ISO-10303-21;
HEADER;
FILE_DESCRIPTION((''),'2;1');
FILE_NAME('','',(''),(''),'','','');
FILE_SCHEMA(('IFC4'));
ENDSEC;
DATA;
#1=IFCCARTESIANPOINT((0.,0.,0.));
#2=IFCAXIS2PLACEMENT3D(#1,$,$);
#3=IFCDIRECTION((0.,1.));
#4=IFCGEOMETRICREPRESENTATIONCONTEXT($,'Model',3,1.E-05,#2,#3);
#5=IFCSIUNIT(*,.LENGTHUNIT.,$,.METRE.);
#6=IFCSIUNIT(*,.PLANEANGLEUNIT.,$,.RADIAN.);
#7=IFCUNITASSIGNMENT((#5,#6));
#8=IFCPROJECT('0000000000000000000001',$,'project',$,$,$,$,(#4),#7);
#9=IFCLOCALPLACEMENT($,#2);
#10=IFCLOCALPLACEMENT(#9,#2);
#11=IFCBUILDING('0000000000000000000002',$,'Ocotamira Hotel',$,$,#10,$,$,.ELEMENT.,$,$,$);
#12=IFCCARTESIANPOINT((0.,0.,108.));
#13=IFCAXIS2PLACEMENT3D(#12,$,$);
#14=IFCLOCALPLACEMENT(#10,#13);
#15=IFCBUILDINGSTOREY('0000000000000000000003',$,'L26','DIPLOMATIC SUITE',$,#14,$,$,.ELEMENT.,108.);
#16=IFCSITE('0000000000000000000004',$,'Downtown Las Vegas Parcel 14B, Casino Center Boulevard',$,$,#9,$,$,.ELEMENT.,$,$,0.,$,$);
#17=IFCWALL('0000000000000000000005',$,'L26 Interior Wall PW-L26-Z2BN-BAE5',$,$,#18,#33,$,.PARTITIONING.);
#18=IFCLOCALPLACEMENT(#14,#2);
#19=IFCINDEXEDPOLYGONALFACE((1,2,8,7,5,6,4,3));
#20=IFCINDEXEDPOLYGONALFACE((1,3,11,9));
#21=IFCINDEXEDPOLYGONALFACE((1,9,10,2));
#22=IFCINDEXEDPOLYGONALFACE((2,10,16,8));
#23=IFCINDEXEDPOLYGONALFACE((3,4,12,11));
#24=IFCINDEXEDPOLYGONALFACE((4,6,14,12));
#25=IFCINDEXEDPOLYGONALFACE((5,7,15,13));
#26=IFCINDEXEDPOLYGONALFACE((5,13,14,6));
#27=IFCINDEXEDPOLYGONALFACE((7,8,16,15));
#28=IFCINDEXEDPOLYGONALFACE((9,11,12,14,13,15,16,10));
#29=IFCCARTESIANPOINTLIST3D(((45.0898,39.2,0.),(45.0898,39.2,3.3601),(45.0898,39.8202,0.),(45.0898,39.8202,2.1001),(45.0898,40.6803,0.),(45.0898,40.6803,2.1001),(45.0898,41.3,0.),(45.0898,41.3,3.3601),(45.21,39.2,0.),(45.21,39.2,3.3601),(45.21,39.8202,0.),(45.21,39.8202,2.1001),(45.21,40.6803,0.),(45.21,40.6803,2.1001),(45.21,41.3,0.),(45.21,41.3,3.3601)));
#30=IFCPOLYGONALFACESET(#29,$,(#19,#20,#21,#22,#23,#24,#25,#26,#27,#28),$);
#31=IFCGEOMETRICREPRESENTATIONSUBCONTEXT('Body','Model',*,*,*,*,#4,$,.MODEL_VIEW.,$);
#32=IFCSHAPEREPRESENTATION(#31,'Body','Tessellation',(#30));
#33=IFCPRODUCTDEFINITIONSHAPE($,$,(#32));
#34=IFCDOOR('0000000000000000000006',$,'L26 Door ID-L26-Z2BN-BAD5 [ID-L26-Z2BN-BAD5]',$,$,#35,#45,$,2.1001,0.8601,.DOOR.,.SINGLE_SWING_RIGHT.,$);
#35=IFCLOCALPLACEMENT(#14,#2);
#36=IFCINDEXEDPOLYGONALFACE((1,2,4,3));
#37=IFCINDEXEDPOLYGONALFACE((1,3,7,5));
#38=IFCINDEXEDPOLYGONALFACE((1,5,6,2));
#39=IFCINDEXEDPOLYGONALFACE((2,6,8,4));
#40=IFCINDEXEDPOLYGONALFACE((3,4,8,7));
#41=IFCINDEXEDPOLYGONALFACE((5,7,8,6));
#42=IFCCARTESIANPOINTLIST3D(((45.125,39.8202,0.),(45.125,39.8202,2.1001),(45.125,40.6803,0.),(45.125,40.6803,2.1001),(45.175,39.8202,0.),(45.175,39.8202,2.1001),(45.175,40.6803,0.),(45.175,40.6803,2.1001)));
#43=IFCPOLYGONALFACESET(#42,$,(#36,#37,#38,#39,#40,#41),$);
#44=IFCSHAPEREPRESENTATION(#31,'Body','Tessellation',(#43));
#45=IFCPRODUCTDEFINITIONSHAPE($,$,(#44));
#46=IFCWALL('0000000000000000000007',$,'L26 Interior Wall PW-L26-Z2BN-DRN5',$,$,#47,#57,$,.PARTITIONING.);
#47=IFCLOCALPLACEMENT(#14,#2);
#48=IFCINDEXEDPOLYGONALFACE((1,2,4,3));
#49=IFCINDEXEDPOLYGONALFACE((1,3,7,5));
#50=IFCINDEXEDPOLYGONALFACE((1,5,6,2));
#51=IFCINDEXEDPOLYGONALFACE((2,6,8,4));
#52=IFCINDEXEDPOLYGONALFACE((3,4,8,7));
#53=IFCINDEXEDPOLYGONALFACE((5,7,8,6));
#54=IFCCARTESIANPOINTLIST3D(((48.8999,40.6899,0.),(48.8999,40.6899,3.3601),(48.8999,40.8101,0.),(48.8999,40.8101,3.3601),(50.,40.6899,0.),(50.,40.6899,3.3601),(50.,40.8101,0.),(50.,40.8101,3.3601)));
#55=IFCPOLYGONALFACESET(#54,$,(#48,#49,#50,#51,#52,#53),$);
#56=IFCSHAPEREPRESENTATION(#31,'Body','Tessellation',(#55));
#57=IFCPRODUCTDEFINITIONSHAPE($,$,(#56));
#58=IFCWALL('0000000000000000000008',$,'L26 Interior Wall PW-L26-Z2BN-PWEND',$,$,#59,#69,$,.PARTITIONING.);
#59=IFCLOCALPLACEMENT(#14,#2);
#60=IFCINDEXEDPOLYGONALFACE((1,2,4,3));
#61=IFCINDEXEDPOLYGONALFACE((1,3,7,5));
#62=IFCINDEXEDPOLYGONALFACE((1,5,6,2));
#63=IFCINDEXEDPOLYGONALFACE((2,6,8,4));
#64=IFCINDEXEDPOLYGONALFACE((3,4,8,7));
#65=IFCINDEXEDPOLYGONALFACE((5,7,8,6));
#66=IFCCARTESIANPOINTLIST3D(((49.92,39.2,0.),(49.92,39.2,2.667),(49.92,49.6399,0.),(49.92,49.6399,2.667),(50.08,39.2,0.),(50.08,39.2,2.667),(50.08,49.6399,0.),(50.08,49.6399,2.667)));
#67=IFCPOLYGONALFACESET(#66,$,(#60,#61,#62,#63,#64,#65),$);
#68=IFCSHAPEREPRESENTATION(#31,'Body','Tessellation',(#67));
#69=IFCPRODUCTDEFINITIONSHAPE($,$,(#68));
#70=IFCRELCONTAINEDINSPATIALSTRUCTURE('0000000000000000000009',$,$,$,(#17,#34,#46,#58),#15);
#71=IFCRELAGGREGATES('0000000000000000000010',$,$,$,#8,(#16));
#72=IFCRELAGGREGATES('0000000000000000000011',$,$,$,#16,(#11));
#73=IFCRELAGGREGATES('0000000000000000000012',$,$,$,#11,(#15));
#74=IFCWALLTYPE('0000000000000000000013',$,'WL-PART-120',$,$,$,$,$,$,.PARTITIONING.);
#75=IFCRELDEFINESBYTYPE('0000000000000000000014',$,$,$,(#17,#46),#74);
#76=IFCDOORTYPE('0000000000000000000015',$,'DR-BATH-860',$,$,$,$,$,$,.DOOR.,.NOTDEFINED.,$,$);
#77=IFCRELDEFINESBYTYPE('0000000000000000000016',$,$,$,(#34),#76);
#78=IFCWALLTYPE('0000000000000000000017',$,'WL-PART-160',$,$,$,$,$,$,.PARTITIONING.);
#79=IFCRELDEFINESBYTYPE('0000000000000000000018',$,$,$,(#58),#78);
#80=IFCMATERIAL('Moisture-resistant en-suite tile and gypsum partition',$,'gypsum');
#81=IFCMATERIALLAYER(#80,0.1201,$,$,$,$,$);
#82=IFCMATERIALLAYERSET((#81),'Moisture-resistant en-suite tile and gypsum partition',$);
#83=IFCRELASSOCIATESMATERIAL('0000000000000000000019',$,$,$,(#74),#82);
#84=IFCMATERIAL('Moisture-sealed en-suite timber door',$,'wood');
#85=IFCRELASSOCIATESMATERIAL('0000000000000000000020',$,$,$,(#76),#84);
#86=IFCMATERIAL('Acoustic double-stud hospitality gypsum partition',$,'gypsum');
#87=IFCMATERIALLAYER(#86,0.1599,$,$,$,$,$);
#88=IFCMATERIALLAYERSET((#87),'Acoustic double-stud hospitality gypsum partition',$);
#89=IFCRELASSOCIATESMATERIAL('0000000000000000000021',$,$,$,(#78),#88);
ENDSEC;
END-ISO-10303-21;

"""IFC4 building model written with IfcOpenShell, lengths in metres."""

from ifc_helpers import new_model, si_unit, direction, frame, frame_2d, origin, place, context, subcontext, project, spatial, rectangle, extrude, source, transform, mapped, material, layer, layer_set, type_object, element, fill, save


model = new_model("IFC4")

# Units and contexts
model_context = context("Model", 3, precision=1e-05, world=origin(), true_north=direction((0.0, 1.0)))
body_context = subcontext(model_context, "Body", "Model", "MODEL_VIEW")
ifc_project = project(units=[si_unit("LENGTHUNIT", "METRE"), si_unit("PLANEANGLEUNIT", "RADIAN")], contexts=[model_context])

# Site, building, storey
site_placement = place(None, origin())
site = spatial("IfcSite", under=ifc_project, at=site_placement, Name="Downtown Las Vegas Parcel 14B, Casino Center Boulevard", CompositionType="ELEMENT", RefElevation=0.0)
building_placement = place(site_placement, origin())
building = spatial("IfcBuilding", under=site, at=building_placement, Name="Ocotamira Hotel", CompositionType="ELEMENT")
storey_placement = place(building_placement, frame((0.0, 0.0, 108.0)))
storey = spatial("IfcBuildingStorey", under=building, at=storey_placement, Name="L26", Description="DIPLOMATIC SUITE", CompositionType="ELEMENT", Elevation=108.0)

# Wall, opening, door
ifc_material_1 = material(Name="Moisture-resistant en-suite tile and gypsum partition", Category="gypsum")
ifc_layer_1 = layer(ifc_material_1, 0.1201)
ifc_layer_set_1 = layer_set([ifc_layer_1], Name="Moisture-resistant en-suite tile and gypsum partition")
wall_type_1 = type_object("IfcWallType", Name="WL-PART-120", PredefinedType="PARTITIONING", material=ifc_layer_set_1)
wall_1_placement = place(storey_placement, frame((45.1499, 39.2, 0.0), z_axis=(0.0, 0.0, 1.0), x_axis=(0.0, 1.0, 0.0)))
wall_1 = element("IfcWall", 1, at=wall_1_placement, inside=storey, type_object=wall_type_1, Name="L26 Interior Wall PW-L26-Z2BN-BAE5", PredefinedType="PARTITIONING", context=body_context, shape_type="SweptSolid", body=[
    extrude(rectangle(XDim=2.1001, YDim=0.1201, at=frame_2d((1.05, 0.0))), origin(), (0.0, 0.0, 1.0), 3.3601),
])
opening_1_placement = place(wall_1_placement, frame((0.6201, 0.0, 0.0)))
opening_1 = element("IfcOpeningElement", 2, at=opening_1_placement, cuts=wall_1, PredefinedType="OPENING", context=body_context, shape_type="SweptSolid", body=[
    extrude(rectangle(XDim=0.8601, YDim=2.1001, at=frame_2d((0.4302, 1.05))), frame((0.0, 0.0701, 0.0), z_axis=(0.0, -1.0, 0.0), x_axis=(1.0, 0.0, 0.0)), (0.0, 0.0, 1.0), 0.1401),
])
ifc_material_2 = material(Name="Moisture-sealed en-suite timber door", Category="wood")
door_type_1 = type_object("IfcDoorType", Name="DR-BATH-860", OperationType="NOTDEFINED", PredefinedType="DOOR", material=ifc_material_2)
shared_shape_1 = source(origin(), body_context, "Body", "SweptSolid", [
    extrude(rectangle(XDim=0.8601, YDim=2.1001, at=frame_2d((0.4302, 1.05))), frame((0.0, 0.0249, 0.0), z_axis=(0.0, -1.0, 0.0), x_axis=(1.0, 0.0, 0.0)), (0.0, 0.0, 1.0), 0.05),
])
door_1_placement = place(opening_1_placement, origin())
door_1 = element("IfcDoor", 3, at=door_1_placement, inside=storey, type_object=door_type_1, Name="L26 Door ID-L26-Z2BN-BAD5 [ID-L26-Z2BN-BAD5]", OperationType="SINGLE_SWING_RIGHT", OverallHeight=2.1001, OverallWidth=0.8601, PredefinedType="DOOR", context=body_context, shape_type="MappedRepresentation", body=[
    mapped(shared_shape_1, transform((0.0, 0.0, 0.0), scale=1.0)),
])
fill(opening_1, door_1)

# Walls
wall_2_placement = place(storey_placement, frame((48.8999, 40.75, 0.0), z_axis=(0.0, 0.0, 1.0), x_axis=(1.0, 0.0, 0.0)))
element("IfcWall", 4, at=wall_2_placement, inside=storey, type_object=wall_type_1, Name="L26 Interior Wall PW-L26-Z2BN-DRN5", PredefinedType="PARTITIONING", context=body_context, shape_type="SweptSolid", body=[
    extrude(rectangle(XDim=1.1001, YDim=0.1201, at=frame_2d((0.55, 0.0))), origin(), (0.0, 0.0, 1.0), 3.3601),
])
ifc_material_3 = material(Name="Acoustic double-stud hospitality gypsum partition", Category="gypsum")
ifc_layer_2 = layer(ifc_material_3, 0.1599)
ifc_layer_set_2 = layer_set([ifc_layer_2], Name="Acoustic double-stud hospitality gypsum partition")
wall_type_2 = type_object("IfcWallType", Name="WL-PART-160", PredefinedType="PARTITIONING", material=ifc_layer_set_2)
wall_3_placement = place(storey_placement, frame((50.0, 39.2, 0.0), z_axis=(0.0, 0.0, 1.0), x_axis=(0.0, 1.0, 0.0)))
element("IfcWall", 5, at=wall_3_placement, inside=storey, type_object=wall_type_2, Name="L26 Interior Wall PW-L26-Z2BN-PWEND", PredefinedType="PARTITIONING", context=body_context, shape_type="SweptSolid", body=[
    extrude(rectangle(XDim=10.4399, YDim=0.1599, at=frame_2d((5.22, 0.0))), origin(), (0.0, 0.0, 1.0), 2.667),
])

save(model, "model.ifc")
